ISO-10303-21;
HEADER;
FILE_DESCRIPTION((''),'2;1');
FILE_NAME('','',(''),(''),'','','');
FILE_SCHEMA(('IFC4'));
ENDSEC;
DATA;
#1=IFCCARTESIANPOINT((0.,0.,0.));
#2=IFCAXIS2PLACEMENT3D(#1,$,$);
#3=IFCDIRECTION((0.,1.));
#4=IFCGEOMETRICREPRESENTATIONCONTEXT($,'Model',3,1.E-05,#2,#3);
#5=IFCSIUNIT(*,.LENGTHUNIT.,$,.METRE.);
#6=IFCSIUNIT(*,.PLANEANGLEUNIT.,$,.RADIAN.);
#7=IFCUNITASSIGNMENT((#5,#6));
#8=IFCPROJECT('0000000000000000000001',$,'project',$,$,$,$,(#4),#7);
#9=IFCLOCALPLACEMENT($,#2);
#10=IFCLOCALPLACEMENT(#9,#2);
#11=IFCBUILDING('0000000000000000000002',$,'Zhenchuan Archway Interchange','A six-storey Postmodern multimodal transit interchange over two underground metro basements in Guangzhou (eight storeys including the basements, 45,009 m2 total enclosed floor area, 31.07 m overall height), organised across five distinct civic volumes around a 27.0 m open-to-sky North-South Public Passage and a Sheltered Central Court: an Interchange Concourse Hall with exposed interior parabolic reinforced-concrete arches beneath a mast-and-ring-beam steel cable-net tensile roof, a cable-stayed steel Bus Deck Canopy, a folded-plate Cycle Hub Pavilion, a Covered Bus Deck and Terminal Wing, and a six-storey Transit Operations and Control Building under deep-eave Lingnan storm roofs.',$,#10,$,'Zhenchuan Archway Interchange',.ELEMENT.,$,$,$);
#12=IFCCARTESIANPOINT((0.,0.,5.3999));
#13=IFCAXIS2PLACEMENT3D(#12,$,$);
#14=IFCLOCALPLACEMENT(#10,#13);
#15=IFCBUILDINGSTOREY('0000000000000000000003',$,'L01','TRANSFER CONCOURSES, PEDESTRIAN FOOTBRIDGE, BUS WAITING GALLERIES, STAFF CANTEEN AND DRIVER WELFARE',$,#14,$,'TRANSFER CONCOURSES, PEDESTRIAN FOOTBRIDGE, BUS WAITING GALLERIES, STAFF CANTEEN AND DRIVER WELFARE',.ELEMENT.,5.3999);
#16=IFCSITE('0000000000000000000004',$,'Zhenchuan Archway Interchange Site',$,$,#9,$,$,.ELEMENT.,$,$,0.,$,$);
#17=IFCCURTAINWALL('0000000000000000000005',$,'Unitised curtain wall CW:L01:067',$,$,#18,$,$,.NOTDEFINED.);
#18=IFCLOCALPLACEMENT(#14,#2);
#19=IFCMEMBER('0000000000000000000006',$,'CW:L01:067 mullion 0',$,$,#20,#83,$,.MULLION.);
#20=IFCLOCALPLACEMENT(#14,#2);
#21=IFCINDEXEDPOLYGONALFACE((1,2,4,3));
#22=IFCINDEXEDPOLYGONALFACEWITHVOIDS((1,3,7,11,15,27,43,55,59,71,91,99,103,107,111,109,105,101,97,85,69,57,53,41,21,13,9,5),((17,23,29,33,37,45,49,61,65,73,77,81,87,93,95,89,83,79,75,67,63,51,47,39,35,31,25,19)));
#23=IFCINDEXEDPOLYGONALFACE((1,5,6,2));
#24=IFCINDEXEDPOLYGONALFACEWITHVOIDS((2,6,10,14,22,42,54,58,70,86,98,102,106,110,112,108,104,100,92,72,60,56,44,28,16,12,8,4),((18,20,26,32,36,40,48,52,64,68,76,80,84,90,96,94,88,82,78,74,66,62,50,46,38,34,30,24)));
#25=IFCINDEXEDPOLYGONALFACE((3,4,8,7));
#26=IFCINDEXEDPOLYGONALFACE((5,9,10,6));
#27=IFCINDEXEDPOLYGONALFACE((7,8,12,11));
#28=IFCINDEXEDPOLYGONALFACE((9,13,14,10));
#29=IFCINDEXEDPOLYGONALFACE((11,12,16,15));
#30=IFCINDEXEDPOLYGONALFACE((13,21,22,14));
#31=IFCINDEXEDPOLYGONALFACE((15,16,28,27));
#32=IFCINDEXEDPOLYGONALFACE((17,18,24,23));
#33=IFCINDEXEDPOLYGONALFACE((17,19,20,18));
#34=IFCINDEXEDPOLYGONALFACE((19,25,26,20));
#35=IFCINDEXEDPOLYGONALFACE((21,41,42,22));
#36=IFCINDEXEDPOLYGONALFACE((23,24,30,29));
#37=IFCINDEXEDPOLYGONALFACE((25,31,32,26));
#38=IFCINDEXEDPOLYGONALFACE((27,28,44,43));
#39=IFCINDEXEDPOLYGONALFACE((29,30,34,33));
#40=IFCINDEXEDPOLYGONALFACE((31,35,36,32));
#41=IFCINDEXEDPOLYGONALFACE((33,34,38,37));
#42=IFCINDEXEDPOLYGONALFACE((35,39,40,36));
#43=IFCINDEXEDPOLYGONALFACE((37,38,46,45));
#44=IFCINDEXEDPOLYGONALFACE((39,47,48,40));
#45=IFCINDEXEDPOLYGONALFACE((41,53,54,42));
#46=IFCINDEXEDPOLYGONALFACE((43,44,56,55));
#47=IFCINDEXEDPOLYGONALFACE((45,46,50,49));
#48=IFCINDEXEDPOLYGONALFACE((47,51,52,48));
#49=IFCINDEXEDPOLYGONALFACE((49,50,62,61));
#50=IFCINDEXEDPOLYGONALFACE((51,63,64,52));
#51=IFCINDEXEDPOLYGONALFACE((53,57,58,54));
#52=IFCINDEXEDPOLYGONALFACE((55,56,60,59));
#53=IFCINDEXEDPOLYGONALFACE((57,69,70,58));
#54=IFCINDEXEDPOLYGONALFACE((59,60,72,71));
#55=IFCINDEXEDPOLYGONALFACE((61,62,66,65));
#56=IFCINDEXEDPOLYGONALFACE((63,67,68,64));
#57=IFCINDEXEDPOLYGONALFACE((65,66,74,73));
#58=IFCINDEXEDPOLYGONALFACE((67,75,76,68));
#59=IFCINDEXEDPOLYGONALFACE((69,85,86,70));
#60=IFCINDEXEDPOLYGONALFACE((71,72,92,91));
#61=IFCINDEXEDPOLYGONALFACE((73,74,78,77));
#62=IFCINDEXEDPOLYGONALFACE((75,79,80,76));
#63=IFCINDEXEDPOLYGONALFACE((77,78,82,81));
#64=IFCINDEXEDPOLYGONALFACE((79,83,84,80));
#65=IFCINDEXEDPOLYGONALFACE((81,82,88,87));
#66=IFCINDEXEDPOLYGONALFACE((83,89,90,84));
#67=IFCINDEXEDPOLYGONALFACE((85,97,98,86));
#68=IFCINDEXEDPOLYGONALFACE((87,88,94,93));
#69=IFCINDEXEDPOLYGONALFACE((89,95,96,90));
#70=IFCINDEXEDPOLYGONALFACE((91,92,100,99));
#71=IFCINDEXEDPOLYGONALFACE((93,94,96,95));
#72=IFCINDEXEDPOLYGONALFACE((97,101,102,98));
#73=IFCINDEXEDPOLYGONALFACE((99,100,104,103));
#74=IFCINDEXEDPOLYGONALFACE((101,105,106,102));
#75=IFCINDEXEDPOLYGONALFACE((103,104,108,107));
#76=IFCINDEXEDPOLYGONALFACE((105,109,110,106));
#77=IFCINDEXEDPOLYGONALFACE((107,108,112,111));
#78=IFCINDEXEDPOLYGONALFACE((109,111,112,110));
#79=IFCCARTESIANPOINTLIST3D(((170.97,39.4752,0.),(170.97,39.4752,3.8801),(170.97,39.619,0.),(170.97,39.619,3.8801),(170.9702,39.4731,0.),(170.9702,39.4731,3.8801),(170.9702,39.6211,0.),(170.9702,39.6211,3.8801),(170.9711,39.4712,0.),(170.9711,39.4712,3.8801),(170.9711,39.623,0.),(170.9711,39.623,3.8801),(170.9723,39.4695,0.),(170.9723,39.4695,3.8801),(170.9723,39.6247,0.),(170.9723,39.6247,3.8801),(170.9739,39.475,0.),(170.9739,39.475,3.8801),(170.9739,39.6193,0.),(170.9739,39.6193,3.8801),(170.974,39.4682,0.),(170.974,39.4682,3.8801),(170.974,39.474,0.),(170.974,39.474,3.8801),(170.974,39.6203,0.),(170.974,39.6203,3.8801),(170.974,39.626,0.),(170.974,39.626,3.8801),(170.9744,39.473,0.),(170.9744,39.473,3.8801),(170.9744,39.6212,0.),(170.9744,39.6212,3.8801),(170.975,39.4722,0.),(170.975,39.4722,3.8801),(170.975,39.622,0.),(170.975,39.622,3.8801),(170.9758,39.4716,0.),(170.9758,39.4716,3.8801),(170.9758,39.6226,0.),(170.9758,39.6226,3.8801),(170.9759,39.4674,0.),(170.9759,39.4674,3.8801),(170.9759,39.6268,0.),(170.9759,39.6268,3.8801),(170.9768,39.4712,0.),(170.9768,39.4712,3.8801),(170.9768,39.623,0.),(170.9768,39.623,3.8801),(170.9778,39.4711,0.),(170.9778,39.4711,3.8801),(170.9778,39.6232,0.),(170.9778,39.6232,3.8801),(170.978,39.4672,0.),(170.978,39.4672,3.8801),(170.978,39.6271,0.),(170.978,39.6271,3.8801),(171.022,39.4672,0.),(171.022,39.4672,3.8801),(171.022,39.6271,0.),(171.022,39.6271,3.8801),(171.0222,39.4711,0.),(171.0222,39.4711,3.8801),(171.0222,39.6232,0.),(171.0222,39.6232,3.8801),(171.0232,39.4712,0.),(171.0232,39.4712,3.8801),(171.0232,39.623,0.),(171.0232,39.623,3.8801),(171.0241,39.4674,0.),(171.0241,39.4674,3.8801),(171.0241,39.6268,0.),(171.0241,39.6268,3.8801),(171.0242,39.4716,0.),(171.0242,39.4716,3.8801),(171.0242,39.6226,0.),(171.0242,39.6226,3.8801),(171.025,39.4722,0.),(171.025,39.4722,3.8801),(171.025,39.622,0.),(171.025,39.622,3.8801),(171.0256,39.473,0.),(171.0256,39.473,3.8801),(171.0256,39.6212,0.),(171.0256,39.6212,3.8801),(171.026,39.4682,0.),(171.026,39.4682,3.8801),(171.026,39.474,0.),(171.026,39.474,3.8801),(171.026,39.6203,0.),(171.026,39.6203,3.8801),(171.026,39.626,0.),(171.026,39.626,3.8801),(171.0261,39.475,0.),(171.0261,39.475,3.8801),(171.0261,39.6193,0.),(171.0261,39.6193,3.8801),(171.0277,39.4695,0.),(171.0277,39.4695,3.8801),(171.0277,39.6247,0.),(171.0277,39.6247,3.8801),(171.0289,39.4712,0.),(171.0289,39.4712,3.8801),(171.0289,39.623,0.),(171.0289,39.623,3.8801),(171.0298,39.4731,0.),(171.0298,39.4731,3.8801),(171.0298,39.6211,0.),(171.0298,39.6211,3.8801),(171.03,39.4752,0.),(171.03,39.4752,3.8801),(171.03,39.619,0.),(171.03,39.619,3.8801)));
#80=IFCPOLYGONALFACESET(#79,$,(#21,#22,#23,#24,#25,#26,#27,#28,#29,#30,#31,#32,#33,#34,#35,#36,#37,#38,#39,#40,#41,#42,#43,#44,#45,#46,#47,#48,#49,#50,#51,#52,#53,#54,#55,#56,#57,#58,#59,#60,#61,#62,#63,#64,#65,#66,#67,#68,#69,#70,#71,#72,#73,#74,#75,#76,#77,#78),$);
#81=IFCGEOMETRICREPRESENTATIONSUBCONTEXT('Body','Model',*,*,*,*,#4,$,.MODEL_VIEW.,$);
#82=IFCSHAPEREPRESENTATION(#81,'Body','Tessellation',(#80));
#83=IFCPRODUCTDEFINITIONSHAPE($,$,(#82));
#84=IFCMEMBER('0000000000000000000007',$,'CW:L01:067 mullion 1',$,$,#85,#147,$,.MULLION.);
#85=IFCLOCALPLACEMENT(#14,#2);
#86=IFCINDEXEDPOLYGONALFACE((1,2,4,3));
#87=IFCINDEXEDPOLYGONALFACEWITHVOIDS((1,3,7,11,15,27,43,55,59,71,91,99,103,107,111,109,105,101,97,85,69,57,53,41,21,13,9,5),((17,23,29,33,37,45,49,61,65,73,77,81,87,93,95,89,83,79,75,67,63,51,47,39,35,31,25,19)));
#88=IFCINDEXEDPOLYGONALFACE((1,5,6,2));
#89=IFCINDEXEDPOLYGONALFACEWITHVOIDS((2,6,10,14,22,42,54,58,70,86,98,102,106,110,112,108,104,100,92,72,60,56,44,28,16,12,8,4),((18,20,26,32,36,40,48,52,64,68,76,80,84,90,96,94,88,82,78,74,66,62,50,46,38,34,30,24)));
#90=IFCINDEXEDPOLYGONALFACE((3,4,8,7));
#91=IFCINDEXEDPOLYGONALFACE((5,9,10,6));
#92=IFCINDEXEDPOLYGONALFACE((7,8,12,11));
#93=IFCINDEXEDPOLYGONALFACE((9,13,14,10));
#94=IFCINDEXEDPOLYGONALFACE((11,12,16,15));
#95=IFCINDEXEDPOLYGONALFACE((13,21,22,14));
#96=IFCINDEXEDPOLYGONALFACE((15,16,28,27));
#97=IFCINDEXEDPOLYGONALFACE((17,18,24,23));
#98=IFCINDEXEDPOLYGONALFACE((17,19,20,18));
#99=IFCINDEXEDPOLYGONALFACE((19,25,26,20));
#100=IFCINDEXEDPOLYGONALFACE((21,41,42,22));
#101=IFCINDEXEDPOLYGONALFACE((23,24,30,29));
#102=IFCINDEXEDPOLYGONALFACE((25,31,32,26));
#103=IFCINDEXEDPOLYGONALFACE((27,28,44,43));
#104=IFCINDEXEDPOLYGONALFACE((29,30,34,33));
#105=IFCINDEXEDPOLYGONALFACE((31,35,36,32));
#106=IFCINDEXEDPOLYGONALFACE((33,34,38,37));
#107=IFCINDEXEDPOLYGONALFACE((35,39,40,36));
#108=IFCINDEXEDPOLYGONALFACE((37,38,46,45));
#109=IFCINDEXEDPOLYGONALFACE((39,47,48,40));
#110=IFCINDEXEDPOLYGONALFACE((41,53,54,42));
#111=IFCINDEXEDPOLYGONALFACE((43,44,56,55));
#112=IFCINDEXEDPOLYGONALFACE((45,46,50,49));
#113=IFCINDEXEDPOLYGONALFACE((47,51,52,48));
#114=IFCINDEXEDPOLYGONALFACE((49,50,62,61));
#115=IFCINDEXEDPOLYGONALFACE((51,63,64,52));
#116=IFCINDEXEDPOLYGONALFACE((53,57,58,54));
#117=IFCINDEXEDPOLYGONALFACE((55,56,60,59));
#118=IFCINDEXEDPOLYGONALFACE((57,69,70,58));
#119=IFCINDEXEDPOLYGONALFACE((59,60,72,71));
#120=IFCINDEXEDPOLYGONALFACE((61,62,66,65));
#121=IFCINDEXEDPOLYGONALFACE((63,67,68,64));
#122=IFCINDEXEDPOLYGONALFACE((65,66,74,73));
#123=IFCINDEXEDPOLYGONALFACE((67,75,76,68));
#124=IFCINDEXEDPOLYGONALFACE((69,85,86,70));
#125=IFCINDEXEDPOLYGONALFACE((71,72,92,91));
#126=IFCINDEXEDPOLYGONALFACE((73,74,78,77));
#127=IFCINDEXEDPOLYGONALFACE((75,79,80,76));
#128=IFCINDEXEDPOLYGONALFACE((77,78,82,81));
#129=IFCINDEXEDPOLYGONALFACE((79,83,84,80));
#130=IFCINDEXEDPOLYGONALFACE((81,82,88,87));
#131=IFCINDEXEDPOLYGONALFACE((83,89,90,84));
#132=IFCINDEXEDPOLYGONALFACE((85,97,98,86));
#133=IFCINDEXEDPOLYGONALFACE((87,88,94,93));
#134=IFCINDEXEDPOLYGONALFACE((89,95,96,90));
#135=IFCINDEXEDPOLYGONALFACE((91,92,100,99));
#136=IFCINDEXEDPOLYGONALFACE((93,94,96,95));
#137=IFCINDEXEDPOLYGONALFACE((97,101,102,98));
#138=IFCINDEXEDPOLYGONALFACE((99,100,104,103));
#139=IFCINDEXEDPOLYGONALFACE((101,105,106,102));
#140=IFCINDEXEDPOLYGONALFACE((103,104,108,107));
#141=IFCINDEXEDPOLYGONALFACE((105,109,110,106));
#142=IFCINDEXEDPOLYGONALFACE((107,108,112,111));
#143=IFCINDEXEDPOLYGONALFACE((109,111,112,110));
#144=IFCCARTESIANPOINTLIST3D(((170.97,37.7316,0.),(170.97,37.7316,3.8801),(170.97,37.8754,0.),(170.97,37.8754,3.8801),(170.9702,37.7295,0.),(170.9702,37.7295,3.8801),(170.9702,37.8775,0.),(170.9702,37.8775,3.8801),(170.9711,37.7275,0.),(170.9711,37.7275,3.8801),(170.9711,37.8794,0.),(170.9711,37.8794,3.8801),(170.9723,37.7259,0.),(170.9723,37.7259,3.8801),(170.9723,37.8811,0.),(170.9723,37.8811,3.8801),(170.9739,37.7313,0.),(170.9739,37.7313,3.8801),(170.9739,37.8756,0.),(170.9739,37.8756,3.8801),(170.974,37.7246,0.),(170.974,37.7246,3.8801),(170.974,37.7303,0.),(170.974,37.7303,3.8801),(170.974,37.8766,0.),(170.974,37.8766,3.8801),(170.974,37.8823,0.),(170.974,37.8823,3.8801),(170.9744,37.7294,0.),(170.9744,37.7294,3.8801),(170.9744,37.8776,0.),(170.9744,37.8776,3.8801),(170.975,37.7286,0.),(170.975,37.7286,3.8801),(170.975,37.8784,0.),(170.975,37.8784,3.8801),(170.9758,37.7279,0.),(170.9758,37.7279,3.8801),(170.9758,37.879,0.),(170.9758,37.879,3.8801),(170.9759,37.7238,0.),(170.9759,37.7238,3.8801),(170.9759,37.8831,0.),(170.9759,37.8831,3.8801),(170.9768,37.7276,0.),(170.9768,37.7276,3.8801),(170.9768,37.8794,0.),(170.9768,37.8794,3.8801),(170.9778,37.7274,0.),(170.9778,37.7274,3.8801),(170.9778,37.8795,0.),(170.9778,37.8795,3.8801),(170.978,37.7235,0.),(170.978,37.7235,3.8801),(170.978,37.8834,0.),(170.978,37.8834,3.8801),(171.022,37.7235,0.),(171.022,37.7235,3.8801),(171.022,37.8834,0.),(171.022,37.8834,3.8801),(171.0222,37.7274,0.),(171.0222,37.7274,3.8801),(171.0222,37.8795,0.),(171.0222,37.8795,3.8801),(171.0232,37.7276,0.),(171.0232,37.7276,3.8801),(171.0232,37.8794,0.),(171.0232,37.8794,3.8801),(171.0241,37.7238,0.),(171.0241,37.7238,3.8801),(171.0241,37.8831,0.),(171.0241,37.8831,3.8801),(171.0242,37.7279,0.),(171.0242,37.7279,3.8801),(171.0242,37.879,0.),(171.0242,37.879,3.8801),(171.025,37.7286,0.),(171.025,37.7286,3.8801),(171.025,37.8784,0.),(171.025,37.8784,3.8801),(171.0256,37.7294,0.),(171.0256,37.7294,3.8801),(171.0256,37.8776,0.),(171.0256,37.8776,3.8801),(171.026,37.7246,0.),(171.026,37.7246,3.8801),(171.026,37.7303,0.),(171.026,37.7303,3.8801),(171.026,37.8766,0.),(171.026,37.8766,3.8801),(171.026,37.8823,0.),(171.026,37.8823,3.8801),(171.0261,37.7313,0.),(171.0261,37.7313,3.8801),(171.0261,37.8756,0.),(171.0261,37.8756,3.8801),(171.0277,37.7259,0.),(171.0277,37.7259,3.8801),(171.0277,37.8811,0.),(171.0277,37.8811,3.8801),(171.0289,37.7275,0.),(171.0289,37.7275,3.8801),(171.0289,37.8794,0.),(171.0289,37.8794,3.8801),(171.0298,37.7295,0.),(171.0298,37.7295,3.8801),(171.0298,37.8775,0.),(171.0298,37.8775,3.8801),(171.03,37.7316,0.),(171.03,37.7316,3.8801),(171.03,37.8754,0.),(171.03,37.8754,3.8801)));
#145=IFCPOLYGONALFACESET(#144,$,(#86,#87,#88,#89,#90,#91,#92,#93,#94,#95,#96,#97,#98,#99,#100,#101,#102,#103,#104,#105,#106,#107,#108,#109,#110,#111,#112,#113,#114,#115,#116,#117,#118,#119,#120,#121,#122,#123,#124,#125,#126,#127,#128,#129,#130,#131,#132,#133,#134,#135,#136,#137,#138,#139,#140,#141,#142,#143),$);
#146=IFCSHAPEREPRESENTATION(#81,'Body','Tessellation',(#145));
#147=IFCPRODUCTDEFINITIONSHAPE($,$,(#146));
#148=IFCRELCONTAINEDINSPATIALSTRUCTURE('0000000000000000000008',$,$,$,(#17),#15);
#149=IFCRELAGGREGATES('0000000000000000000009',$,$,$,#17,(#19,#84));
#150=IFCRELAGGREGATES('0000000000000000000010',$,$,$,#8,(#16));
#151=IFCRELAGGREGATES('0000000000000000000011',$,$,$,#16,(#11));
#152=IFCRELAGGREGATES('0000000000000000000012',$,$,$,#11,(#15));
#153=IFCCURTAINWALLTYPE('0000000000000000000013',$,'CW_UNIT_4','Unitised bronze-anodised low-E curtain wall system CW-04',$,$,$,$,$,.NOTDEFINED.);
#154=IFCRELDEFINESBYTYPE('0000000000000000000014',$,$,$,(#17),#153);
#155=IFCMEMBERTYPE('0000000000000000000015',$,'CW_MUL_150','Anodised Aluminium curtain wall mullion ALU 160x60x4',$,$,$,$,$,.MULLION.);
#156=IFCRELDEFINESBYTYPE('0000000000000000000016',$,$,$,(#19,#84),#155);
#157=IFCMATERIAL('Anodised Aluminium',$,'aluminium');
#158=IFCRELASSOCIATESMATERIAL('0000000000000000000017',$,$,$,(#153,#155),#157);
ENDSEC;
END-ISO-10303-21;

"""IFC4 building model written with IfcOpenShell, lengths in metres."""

from ifc_helpers import new_model, si_unit, direction, frame, origin, origin_2d, place, context, subcontext, project, spatial, hollow_rectangle, extrude, material, material_profile, profile_set, type_object, element, aggregate, save


model = new_model("IFC4")

# Units and contexts
model_context = context("Model", 3, precision=1e-05, world=origin(), true_north=direction((0.0, 1.0)))
body_context = subcontext(model_context, "Body", "Model", "MODEL_VIEW")
ifc_project = project(units=[si_unit("LENGTHUNIT", "METRE"), si_unit("PLANEANGLEUNIT", "RADIAN")], contexts=[model_context])

# Site, building, storey
site_placement = place(None, origin())
site = spatial("IfcSite", under=ifc_project, at=site_placement, Name="Zhenchuan Archway Interchange Site", CompositionType="ELEMENT", RefElevation=0.0)
building_placement = place(site_placement, origin())
building = spatial("IfcBuilding", under=site, at=building_placement, Name="Zhenchuan Archway Interchange", Description="A six-storey Postmodern multimodal transit interchange over two underground metro basements in Guangzhou (eight storeys including the basements, 45,009 m2 total enclosed floor area, 31.07 m overall height), organised across five distinct civic volumes around a 27.0 m open-to-sky North-South Public Passage and a Sheltered Central Court: an Interchange Concourse Hall with exposed interior parabolic reinforced-concrete arches beneath a mast-and-ring-beam steel cable-net tensile roof, a cable-stayed steel Bus Deck Canopy, a folded-plate Cycle Hub Pavilion, a Covered Bus Deck and Terminal Wing, and a six-storey Transit Operations and Control Building under deep-eave Lingnan storm roofs.", LongName="Zhenchuan Archway Interchange", CompositionType="ELEMENT")
storey_placement = place(building_placement, frame((0.0, 0.0, 5.3999)))
storey = spatial("IfcBuildingStorey", under=building, at=storey_placement, Name="L01", Description="TRANSFER CONCOURSES, PEDESTRIAN FOOTBRIDGE, BUS WAITING GALLERIES, STAFF CANTEEN AND DRIVER WELFARE", LongName="TRANSFER CONCOURSES, PEDESTRIAN FOOTBRIDGE, BUS WAITING GALLERIES, STAFF CANTEEN AND DRIVER WELFARE", CompositionType="ELEMENT", Elevation=5.3999)

# Curtain wall, members
ifc_material_1 = material(Name="Anodised Aluminium", Category="aluminium")
curtain_wall_type = type_object("IfcCurtainWallType", Name="CW_UNIT_4", Description="Unitised bronze-anodised low-E curtain wall system CW-04", PredefinedType="NOTDEFINED", material=ifc_material_1)
curtain_wall_placement = place(storey_placement, origin())
curtain_wall = element("IfcCurtainWall", 1, at=curtain_wall_placement, inside=storey, type_object=curtain_wall_type, Name="Unitised curtain wall CW:L01:067", PredefinedType="NOTDEFINED")
ifc_material_profile_1 = material_profile(ifc_material_1, hollow_rectangle(XDim=0.0601, YDim=0.1599, WallThickness=0.0039, InnerFilletRadius=0.0039, OuterFilletRadius=0.0081, at=origin_2d()), Name="ALU 160x60x4")
ifc_profile_set_1 = profile_set([ifc_material_profile_1], Name="Anodised Aluminium")
member_type_1 = type_object("IfcMemberType", Name="CW_MUL_150", Description="Anodised Aluminium curtain wall mullion ALU 160x60x4", PredefinedType="MULLION", material=ifc_profile_set_1)
member_1_placement = place(storey_placement, frame((171.0, 39.5471, 0.0), z_axis=(0.0, 0.0, 1.0), x_axis=(1.0, 0.0, 0.0)))
member_1 = element("IfcMember", 2, at=member_1_placement, type_object=member_type_1, Name="CW:L01:067 mullion 0", PredefinedType="MULLION", context=body_context, shape_type="SweptSolid", body=[
    extrude(hollow_rectangle(XDim=0.0601, YDim=0.1599, WallThickness=0.0039, InnerFilletRadius=0.0039, OuterFilletRadius=0.0081, at=origin_2d()), origin(), (0.0, 0.0, 1.0), 3.8801),
])
member_2_placement = place(storey_placement, frame((171.0, 37.8035, 0.0), z_axis=(0.0, 0.0, 1.0), x_axis=(1.0, 0.0, 0.0)))
member_2 = element("IfcMember", 3, at=member_2_placement, type_object=member_type_1, Name="CW:L01:067 mullion 1", PredefinedType="MULLION", context=body_context, shape_type="SweptSolid", body=[
    extrude(hollow_rectangle(XDim=0.0601, YDim=0.1599, WallThickness=0.0039, InnerFilletRadius=0.0039, OuterFilletRadius=0.0081, at=origin_2d()), origin(), (0.0, 0.0, 1.0), 3.8801),
])
aggregate(curtain_wall, [member_1, member_2])

save(model, "model.ifc")
